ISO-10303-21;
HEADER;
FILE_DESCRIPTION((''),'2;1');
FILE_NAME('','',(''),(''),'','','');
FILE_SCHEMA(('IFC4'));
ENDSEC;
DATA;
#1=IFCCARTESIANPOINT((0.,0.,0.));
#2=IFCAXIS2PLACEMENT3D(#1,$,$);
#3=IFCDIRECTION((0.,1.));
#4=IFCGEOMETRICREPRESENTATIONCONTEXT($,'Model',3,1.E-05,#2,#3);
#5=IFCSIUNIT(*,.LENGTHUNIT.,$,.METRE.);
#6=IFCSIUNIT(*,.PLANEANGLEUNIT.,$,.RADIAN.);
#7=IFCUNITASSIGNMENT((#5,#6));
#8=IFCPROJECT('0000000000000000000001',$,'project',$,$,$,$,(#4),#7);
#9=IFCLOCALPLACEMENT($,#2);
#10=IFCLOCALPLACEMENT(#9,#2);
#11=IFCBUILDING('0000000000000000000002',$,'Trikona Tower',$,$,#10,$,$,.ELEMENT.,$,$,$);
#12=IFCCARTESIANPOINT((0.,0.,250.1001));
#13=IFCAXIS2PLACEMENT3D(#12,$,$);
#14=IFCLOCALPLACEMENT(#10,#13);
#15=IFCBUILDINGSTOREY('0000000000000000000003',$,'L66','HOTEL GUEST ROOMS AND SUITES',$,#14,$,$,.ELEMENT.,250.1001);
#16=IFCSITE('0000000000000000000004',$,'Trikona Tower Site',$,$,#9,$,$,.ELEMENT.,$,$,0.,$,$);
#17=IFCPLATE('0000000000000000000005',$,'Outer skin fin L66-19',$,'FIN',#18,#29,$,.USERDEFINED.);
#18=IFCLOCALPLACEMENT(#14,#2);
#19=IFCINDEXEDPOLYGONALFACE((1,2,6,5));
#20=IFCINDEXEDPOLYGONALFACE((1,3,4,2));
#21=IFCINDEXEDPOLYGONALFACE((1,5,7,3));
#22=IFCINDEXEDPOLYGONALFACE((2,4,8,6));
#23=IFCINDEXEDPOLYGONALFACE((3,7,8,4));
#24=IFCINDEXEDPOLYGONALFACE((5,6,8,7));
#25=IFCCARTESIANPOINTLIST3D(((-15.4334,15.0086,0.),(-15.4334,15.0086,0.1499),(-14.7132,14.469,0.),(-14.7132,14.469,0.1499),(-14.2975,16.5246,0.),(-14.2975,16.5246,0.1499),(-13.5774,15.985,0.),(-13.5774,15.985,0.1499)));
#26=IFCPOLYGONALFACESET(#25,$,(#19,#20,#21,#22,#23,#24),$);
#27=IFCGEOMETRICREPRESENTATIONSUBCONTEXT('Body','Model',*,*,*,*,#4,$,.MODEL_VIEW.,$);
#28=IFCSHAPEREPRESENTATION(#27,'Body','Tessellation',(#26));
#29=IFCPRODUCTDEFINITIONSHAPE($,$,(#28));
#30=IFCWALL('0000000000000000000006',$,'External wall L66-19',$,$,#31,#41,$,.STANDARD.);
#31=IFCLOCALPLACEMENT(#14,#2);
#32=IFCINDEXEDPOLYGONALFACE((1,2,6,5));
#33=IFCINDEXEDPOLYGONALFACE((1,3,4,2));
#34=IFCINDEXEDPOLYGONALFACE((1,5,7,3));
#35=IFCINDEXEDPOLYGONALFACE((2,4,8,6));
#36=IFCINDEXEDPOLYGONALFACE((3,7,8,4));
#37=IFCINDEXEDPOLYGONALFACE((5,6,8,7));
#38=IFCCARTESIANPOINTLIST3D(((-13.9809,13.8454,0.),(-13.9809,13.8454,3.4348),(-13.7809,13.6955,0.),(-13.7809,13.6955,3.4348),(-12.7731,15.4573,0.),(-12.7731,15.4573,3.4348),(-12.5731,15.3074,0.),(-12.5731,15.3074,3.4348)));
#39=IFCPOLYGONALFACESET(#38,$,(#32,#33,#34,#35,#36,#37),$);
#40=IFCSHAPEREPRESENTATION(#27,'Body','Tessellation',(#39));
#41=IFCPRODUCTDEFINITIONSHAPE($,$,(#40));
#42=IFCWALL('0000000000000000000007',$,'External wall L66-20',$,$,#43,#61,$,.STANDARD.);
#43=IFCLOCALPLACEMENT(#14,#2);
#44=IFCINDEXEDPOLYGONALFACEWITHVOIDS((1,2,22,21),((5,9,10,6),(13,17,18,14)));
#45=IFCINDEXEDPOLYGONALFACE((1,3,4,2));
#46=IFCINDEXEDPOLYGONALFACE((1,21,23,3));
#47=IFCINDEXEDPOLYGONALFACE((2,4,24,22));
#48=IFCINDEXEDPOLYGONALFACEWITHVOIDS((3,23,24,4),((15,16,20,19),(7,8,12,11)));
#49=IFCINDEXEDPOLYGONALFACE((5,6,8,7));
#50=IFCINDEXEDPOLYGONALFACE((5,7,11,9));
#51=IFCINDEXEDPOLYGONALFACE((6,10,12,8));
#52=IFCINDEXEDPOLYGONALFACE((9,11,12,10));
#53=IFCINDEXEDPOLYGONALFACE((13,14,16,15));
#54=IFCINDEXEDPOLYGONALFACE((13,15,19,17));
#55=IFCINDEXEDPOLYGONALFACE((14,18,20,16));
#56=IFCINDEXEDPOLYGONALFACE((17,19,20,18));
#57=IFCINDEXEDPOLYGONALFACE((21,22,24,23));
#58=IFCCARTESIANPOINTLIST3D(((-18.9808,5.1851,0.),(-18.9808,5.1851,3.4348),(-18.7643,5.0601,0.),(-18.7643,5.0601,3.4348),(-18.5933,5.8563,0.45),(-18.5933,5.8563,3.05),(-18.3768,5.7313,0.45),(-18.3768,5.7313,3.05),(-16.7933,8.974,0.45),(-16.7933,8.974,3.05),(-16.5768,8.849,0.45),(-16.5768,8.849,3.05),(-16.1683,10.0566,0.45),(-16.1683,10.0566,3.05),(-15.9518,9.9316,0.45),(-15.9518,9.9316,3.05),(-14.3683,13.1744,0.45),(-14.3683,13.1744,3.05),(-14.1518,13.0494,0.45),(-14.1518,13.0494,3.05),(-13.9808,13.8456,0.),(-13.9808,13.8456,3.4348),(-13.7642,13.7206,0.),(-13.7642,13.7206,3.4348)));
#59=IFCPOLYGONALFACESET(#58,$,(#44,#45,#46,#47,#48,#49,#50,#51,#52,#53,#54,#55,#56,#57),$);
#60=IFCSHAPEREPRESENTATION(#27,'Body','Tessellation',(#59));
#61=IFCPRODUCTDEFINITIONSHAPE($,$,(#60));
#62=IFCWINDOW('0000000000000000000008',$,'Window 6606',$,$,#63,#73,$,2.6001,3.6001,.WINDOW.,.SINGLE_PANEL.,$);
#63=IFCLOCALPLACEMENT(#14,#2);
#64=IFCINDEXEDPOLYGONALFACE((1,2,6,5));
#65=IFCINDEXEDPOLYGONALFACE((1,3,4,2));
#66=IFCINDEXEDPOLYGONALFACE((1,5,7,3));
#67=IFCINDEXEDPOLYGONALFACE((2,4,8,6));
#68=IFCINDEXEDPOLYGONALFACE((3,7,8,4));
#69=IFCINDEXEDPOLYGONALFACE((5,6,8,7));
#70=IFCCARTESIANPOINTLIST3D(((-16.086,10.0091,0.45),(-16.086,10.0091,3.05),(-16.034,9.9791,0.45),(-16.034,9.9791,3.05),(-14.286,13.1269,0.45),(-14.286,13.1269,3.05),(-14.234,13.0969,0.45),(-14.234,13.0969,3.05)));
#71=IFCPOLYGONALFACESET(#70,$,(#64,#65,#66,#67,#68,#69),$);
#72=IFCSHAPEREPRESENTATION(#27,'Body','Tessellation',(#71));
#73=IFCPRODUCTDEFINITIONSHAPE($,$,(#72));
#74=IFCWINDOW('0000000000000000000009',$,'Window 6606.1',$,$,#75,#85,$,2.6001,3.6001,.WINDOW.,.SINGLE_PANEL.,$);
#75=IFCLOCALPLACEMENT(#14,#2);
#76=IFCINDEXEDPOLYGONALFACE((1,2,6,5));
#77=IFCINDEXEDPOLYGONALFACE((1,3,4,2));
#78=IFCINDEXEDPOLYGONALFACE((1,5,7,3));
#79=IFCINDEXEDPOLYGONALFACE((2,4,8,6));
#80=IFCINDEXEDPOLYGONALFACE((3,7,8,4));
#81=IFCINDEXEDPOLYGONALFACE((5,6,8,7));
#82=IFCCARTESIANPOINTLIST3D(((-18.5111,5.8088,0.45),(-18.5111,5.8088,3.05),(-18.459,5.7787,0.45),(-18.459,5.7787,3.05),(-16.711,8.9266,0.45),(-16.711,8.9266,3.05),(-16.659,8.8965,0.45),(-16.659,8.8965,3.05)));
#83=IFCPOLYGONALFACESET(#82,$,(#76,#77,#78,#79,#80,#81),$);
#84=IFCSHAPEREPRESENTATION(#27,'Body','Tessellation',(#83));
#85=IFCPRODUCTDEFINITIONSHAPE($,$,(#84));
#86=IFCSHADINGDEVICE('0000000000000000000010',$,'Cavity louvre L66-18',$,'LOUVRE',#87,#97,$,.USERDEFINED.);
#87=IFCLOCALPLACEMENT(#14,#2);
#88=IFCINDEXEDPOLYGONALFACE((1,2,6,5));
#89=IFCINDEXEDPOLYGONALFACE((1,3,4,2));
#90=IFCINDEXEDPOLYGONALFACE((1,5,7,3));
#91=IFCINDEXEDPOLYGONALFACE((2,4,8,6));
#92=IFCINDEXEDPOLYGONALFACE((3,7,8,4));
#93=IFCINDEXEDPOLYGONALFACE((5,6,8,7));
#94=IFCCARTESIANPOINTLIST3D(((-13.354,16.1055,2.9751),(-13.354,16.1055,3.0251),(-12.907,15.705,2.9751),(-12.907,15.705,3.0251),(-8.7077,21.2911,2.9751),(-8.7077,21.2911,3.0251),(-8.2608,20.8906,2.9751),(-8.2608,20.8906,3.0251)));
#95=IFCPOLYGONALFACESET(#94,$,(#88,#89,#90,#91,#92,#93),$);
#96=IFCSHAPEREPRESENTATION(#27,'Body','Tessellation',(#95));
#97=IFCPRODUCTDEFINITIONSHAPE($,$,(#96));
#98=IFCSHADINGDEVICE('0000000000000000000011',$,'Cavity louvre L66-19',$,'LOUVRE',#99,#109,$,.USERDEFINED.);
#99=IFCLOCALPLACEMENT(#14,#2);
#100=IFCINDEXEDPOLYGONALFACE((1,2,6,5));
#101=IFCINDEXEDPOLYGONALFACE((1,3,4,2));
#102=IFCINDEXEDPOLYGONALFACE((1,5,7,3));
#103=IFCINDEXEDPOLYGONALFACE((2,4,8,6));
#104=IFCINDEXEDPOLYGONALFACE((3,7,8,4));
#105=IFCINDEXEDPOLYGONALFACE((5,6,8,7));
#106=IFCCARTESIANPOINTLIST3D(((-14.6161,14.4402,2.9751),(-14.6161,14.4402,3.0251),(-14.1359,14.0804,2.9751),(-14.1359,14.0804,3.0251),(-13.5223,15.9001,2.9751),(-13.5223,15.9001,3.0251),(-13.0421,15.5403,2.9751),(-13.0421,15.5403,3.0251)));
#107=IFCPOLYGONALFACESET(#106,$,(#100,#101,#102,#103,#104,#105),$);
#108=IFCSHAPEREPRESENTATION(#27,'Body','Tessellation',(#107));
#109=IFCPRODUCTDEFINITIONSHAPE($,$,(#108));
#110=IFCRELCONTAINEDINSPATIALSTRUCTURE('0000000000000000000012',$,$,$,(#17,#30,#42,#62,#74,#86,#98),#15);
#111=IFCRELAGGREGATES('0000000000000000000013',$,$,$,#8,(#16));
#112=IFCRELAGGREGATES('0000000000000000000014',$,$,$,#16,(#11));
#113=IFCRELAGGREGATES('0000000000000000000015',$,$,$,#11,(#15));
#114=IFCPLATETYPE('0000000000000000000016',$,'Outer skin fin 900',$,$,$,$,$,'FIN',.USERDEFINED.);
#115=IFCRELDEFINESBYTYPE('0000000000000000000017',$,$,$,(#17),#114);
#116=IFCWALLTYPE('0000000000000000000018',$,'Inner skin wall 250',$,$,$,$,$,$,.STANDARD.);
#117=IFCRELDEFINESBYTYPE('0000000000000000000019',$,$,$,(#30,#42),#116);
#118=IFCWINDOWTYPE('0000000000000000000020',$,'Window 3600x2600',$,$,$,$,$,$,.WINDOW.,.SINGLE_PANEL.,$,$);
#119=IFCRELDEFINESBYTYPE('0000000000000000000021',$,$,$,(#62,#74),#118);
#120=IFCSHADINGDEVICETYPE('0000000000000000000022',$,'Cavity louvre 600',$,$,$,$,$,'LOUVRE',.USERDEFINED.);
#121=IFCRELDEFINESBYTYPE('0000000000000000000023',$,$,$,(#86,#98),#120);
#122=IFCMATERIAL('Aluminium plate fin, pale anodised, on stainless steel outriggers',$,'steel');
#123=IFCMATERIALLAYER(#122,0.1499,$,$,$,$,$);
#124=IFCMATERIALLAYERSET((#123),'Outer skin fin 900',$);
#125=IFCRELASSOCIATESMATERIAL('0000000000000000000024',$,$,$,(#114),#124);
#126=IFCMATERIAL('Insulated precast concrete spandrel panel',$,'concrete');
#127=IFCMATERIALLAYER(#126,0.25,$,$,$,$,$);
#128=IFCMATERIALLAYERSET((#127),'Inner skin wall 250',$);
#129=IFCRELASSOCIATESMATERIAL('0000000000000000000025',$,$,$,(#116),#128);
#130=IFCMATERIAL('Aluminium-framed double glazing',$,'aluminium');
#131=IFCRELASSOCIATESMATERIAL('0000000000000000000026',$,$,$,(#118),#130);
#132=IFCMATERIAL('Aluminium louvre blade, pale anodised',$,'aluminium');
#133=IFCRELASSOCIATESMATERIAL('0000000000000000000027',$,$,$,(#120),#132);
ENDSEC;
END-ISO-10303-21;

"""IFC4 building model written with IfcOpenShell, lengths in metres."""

from ifc_helpers import new_model, si_unit, direction, frame, frame_2d, origin, origin_2d, place, context, subcontext, project, spatial, rectangle, extrude, material, layer, layer_set, type_object, element, fill, save


model = new_model("IFC4")

# Units and contexts
model_context = context("Model", 3, precision=1e-05, world=origin(), true_north=direction((0.0, 1.0)))
body_context = subcontext(model_context, "Body", "Model", "MODEL_VIEW")
ifc_project = project(units=[si_unit("LENGTHUNIT", "METRE"), si_unit("PLANEANGLEUNIT", "RADIAN")], contexts=[model_context])

# Site, building, storey
site_placement = place(None, origin())
site = spatial("IfcSite", under=ifc_project, at=site_placement, Name="Trikona Tower Site", CompositionType="ELEMENT", RefElevation=0.0)
building_placement = place(site_placement, origin())
building = spatial("IfcBuilding", under=site, at=building_placement, Name="Trikona Tower", CompositionType="ELEMENT")
storey_placement = place(building_placement, frame((0.0, 0.0, 250.1001)))
storey = spatial("IfcBuildingStorey", under=building, at=storey_placement, Name="L66", Description="HOTEL GUEST ROOMS AND SUITES", CompositionType="ELEMENT", Elevation=250.1001)

# Plate
ifc_material_1 = material(Name="Aluminium plate fin, pale anodised, on stainless steel outriggers", Category="steel")
ifc_layer_1 = layer(ifc_material_1, 0.1499)
ifc_layer_set_1 = layer_set([ifc_layer_1], Name="Outer skin fin 900")
plate_type_1 = type_object("IfcPlateType", Name="Outer skin fin 900", ElementType="FIN", PredefinedType="USERDEFINED", material=ifc_layer_set_1)
plate_1_placement = place(storey_placement, frame((-14.5054, 15.4968, 0.0), z_axis=(0.0, 0.0, 1.0), x_axis=(-0.599619, -0.800286, 0.0)))
element("IfcPlate", 1, at=plate_1_placement, inside=storey, type_object=plate_type_1, Name="Outer skin fin L66-19", ObjectType="FIN", PredefinedType="USERDEFINED", context=body_context, shape_type="SweptSolid", body=[
    extrude(rectangle(XDim=1.8943, YDim=0.8999, at=origin_2d()), origin(), (0.0, 0.0, 1.0), 0.1499),
])

# Wall
ifc_material_2 = material(Name="Insulated precast concrete spandrel panel", Category="concrete")
ifc_layer_2 = layer(ifc_material_2, 0.25)
ifc_layer_set_2 = layer_set([ifc_layer_2], Name="Inner skin wall 250")
wall_type = type_object("IfcWallType", Name="Inner skin wall 250", PredefinedType="STANDARD", material=ifc_layer_set_2)
wall_1_placement = place(storey_placement, frame((-12.6731, 15.3823, 0.0), z_axis=(0.0, 0.0, 1.0), x_axis=(-0.599651, -0.800262, 0.0)))
element("IfcWall", 2, at=wall_1_placement, inside=storey, type_object=wall_type, Name="External wall L66-19", PredefinedType="STANDARD", context=body_context, shape_type="SweptSolid", body=[
    extrude(rectangle(XDim=2.0142, YDim=0.25, at=frame_2d((1.0071, 0.0))), origin(), (0.0, 0.0, 1.0), 3.4348),
])

# Wall, openings, windows
wall_2_placement = place(storey_placement, frame((-13.8726, 13.783, 0.0), z_axis=(0.0, 0.0, 1.0), x_axis=(-0.499994, -0.866029, 0.0)))
wall_2 = element("IfcWall", 3, at=wall_2_placement, inside=storey, type_object=wall_type, Name="External wall L66-20", PredefinedType="STANDARD", context=body_context, shape_type="SweptSolid", body=[
    extrude(rectangle(XDim=10.0002, YDim=0.25, at=frame_2d((5.0, 0.0))), origin(), (0.0, 0.0, 1.0), 3.4348),
])
opening_1_placement = place(wall_2_placement, frame((0.7749, 0.0, 0.45)))
opening_1 = element("IfcOpeningElement", 4, at=opening_1_placement, cuts=wall_2, PredefinedType="OPENING", context=body_context, shape_type="SweptSolid", body=[
    extrude(rectangle(XDim=3.6001, YDim=2.6001, at=frame_2d((1.8, 1.3))), frame((0.0, 0.135, 0.0), z_axis=(0.0, -1.0, 0.0), x_axis=(1.0, 0.0, 0.0)), (0.0, 0.0, 1.0), 0.27),
])
opening_2_placement = place(wall_2_placement, frame((5.625, 0.0, 0.45)))
opening_2 = element("IfcOpeningElement", 5, at=opening_2_placement, cuts=wall_2, PredefinedType="OPENING", context=body_context, shape_type="SweptSolid", body=[
    extrude(rectangle(XDim=3.6001, YDim=2.6001, at=frame_2d((1.8, 1.3))), frame((0.0, 0.135, 0.0), z_axis=(0.0, -1.0, 0.0), x_axis=(1.0, 0.0, 0.0)), (0.0, 0.0, 1.0), 0.27),
])
ifc_material_3 = material(Name="Aluminium-framed double glazing", Category="aluminium")
window_type = type_object("IfcWindowType", Name="Window 3600x2600", PartitioningType="SINGLE_PANEL", PredefinedType="WINDOW", material=ifc_material_3)
window_1_placement = place(opening_1_placement, origin())
window_1 = element("IfcWindow", 6, at=window_1_placement, inside=storey, type_object=window_type, Name="Window 6606", OverallHeight=2.6001, OverallWidth=3.6001, PartitioningType="SINGLE_PANEL", PredefinedType="WINDOW", context=body_context, shape_type="SweptSolid", body=[
    extrude(rectangle(XDim=3.6001, YDim=2.6001, at=frame_2d((1.8, 1.3))), frame((0.0, 0.03, 0.0), z_axis=(0.0, -1.0, 0.0), x_axis=(1.0, 0.0, 0.0)), (0.0, 0.0, 1.0), 0.0601),
])
fill(opening_1, window_1)
window_2_placement = place(opening_2_placement, origin())
window_2 = element("IfcWindow", 7, at=window_2_placement, inside=storey, type_object=window_type, Name="Window 6606.1", OverallHeight=2.6001, OverallWidth=3.6001, PartitioningType="SINGLE_PANEL", PredefinedType="WINDOW", context=body_context, shape_type="SweptSolid", body=[
    extrude(rectangle(XDim=3.6001, YDim=2.6001, at=frame_2d((1.8, 1.3))), frame((0.0, 0.03, 0.0), z_axis=(0.0, -1.0, 0.0), x_axis=(1.0, 0.0, 0.0)), (0.0, 0.0, 1.0), 0.0601),
])
fill(opening_2, window_2)

# Shading devices
ifc_material_4 = material(Name="Aluminium louvre blade, pale anodised", Category="aluminium")
shading_device_type = type_object("IfcShadingDeviceType", Name="Cavity louvre 600", ElementType="LOUVRE", PredefinedType="USERDEFINED", material=ifc_material_4)
shading_device_1_placement = place(storey_placement, frame((-10.8074, 18.498, 2.9751), z_axis=(0.0, 0.0, 1.0), x_axis=(-0.667311, -0.744779, 0.0)))
element("IfcShadingDevice", 8, at=shading_device_1_placement, inside=storey, type_object=shading_device_type, Name="Cavity louvre L66-18", ObjectType="LOUVRE", PredefinedType="USERDEFINED", context=body_context, shape_type="SweptSolid", body=[
    extrude(rectangle(XDim=6.9626, YDim=0.6001, at=origin_2d()), origin(), (0.0, 0.0, 1.0), 0.05),
])
shading_device_2_placement = place(storey_placement, frame((-13.8291, 14.9902, 2.9751), z_axis=(0.0, 0.0, 1.0), x_axis=(-0.599619, -0.800286, 0.0)))
element("IfcShadingDevice", 9, at=shading_device_2_placement, inside=storey, type_object=shading_device_type, Name="Cavity louvre L66-19", ObjectType="LOUVRE", PredefinedType="USERDEFINED", context=body_context, shape_type="SweptSolid", body=[
    extrude(rectangle(XDim=1.8242, YDim=0.6001, at=origin_2d()), origin(), (0.0, 0.0, 1.0), 0.05),
])

save(model, "model.ifc")
